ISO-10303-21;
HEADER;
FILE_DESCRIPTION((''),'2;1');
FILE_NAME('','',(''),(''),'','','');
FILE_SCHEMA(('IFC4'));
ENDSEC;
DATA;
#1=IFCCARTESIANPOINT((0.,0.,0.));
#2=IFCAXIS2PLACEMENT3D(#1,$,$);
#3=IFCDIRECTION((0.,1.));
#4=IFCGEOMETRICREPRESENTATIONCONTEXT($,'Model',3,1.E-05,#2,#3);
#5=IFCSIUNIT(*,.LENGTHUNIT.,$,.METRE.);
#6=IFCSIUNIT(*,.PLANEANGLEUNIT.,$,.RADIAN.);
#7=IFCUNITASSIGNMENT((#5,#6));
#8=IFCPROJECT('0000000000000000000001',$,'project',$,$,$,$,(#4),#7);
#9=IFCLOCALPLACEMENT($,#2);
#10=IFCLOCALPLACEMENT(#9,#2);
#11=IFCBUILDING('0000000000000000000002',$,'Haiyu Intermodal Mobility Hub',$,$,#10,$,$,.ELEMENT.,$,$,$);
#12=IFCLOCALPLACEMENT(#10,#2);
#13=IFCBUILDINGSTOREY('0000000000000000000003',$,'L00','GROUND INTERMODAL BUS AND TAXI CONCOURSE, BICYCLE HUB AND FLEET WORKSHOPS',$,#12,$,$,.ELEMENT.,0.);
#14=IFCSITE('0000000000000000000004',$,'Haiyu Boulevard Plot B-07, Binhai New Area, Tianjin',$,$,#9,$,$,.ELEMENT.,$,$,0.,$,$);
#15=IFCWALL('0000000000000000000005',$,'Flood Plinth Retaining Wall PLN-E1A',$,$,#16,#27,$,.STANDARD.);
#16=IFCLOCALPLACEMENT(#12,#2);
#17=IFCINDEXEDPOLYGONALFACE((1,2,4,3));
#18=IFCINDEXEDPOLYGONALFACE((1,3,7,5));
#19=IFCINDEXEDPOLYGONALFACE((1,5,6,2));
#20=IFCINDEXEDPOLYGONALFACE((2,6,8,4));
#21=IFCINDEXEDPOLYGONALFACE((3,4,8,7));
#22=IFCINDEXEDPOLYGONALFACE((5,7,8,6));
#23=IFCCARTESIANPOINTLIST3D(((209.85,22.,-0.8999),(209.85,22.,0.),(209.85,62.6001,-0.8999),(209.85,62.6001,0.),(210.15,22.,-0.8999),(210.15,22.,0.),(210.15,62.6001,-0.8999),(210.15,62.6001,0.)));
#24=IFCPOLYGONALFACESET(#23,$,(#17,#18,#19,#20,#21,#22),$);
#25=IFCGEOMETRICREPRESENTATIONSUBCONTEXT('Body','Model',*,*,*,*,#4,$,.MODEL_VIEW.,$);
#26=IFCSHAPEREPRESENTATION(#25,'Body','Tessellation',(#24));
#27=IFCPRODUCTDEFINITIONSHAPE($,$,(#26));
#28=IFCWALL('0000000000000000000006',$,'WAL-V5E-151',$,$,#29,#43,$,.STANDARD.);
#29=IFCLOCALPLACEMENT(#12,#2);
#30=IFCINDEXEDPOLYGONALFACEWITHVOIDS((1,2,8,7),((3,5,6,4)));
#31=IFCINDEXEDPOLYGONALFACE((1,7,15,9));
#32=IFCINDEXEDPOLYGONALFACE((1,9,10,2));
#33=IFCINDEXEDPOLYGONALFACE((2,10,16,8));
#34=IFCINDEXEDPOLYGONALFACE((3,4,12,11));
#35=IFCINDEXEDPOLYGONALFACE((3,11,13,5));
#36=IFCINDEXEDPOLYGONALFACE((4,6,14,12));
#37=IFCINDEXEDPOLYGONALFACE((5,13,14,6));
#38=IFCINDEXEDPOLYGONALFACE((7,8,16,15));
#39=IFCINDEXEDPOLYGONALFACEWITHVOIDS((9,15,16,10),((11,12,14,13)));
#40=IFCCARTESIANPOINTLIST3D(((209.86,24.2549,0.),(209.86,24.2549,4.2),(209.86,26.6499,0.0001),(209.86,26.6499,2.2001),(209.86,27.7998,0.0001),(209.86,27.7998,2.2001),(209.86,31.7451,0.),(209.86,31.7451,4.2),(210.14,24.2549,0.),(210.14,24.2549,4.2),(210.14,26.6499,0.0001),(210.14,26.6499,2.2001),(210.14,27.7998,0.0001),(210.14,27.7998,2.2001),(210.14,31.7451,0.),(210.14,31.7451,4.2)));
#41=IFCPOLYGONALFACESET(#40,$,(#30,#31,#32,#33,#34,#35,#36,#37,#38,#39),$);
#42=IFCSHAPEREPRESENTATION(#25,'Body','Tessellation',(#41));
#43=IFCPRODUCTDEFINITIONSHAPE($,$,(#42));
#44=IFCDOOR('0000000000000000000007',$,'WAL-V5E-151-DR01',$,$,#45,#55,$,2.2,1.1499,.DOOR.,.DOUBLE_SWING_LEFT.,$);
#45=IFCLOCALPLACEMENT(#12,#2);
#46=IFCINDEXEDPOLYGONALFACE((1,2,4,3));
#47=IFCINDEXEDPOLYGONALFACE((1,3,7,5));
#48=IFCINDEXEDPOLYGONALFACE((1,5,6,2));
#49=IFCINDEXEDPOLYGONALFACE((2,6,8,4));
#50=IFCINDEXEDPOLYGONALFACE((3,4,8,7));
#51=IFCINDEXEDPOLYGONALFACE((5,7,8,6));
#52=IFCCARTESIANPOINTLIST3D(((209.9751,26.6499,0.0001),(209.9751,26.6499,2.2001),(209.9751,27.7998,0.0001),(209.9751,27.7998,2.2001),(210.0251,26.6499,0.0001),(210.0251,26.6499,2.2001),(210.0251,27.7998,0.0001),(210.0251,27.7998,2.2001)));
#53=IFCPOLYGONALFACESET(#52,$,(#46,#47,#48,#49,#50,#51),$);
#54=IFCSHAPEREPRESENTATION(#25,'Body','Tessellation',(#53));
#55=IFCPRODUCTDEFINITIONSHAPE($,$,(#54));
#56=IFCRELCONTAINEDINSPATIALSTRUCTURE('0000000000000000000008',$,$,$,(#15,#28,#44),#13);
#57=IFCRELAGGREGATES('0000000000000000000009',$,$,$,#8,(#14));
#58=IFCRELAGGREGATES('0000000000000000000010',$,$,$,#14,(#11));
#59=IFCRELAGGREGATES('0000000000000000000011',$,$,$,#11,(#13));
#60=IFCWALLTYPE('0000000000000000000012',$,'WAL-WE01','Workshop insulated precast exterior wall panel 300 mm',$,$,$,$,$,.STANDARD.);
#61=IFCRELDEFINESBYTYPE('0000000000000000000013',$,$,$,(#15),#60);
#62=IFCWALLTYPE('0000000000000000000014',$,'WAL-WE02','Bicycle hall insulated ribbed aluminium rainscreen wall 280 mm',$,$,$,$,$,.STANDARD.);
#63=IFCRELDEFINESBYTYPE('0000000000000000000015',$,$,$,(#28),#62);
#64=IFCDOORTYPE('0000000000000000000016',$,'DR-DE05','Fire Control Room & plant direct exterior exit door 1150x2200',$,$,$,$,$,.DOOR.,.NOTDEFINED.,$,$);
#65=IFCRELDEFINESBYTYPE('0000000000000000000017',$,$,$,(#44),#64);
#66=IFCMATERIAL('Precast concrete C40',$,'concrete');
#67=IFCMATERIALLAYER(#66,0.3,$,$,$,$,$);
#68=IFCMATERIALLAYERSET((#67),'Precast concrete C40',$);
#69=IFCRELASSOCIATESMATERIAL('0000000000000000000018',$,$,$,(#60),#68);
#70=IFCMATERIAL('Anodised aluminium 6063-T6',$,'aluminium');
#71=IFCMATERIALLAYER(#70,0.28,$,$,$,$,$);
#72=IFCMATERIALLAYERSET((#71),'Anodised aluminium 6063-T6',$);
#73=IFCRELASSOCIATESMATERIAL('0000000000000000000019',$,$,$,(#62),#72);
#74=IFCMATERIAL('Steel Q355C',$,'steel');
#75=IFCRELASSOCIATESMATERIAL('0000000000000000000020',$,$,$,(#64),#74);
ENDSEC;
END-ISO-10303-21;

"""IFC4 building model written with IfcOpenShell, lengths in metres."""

from ifc_helpers import new_model, si_unit, direction, frame, frame_2d, origin, place, context, subcontext, project, spatial, rectangle, extrude, material, layer, layer_set, type_object, element, fill, save


model = new_model("IFC4")

# Units and contexts
model_context = context("Model", 3, precision=1e-05, world=origin(), true_north=direction((0.0, 1.0)))
body_context = subcontext(model_context, "Body", "Model", "MODEL_VIEW")
ifc_project = project(units=[si_unit("LENGTHUNIT", "METRE"), si_unit("PLANEANGLEUNIT", "RADIAN")], contexts=[model_context])

# Site, building, storey
site_placement = place(None, origin())
site = spatial("IfcSite", under=ifc_project, at=site_placement, Name="Haiyu Boulevard Plot B-07, Binhai New Area, Tianjin", CompositionType="ELEMENT", RefElevation=0.0)
building_placement = place(site_placement, origin())
building = spatial("IfcBuilding", under=site, at=building_placement, Name="Haiyu Intermodal Mobility Hub", CompositionType="ELEMENT")
storey_placement = place(building_placement, origin())
storey = spatial("IfcBuildingStorey", under=building, at=storey_placement, Name="L00", Description="GROUND INTERMODAL BUS AND TAXI CONCOURSE, BICYCLE HUB AND FLEET WORKSHOPS", CompositionType="ELEMENT", Elevation=0.0)

# Shared definitions
ifc_material_1 = material(Name="Anodised aluminium 6063-T6", Category="aluminium")

# Wall
ifc_material_2 = material(Name="Precast concrete C40", Category="concrete")
ifc_layer_1 = layer(ifc_material_2, 0.3)
ifc_layer_set_1 = layer_set([ifc_layer_1], Name="Precast concrete C40")
wall_type_1 = type_object("IfcWallType", Name="WAL-WE01", Description="Workshop insulated precast exterior wall panel 300 mm", PredefinedType="STANDARD", material=ifc_layer_set_1)
wall_1_placement = place(storey_placement, frame((210.0, 22.0, -0.8999), z_axis=(0.0, 0.0, 1.0), x_axis=(0.0, 1.0, 0.0)))
element("IfcWall", 1, at=wall_1_placement, inside=storey, type_object=wall_type_1, Name="Flood Plinth Retaining Wall PLN-E1A", PredefinedType="STANDARD", context=body_context, shape_type="SweptSolid", body=[
    extrude(rectangle(XDim=40.6001, YDim=0.3, at=frame_2d((20.3, 0.0))), origin(), (0.0, 0.0, 1.0), 0.8999),
])

# Wall, opening, door
ifc_layer_2 = layer(ifc_material_1, 0.28)
ifc_layer_set_2 = layer_set([ifc_layer_2], Name="Anodised aluminium 6063-T6")
wall_type_2 = type_object("IfcWallType", Name="WAL-WE02", Description="Bicycle hall insulated ribbed aluminium rainscreen wall 280 mm", PredefinedType="STANDARD", material=ifc_layer_set_2)
wall_2_placement = place(storey_placement, frame((210.0, 24.2549, 0.0), z_axis=(0.0, 0.0, 1.0), x_axis=(0.0, 1.0, 0.0)))
wall_2 = element("IfcWall", 2, at=wall_2_placement, inside=storey, type_object=wall_type_2, Name="WAL-V5E-151", PredefinedType="STANDARD", context=body_context, shape_type="SweptSolid", body=[
    extrude(rectangle(XDim=7.4902, YDim=0.28, at=frame_2d((3.7451, 0.0))), origin(), (0.0, 0.0, 1.0), 4.2),
])
opening_placement = place(wall_2_placement, frame((2.395, 0.0, 0.0)))
opening = element("IfcOpeningElement", 3, at=opening_placement, cuts=wall_2, PredefinedType="OPENING", context=body_context, shape_type="SweptSolid", body=[
    extrude(rectangle(XDim=1.1499, YDim=2.2, at=frame_2d((0.575, 1.1001))), frame((0.0, 0.1499, 0.0), z_axis=(0.0, -1.0, 0.0), x_axis=(1.0, 0.0, 0.0)), (0.0, 0.0, 1.0), 0.3),
])
ifc_material_3 = material(Name="Steel Q355C", Category="steel")
door_type = type_object("IfcDoorType", Name="DR-DE05", Description="Fire Control Room & plant direct exterior exit door 1150x2200", OperationType="NOTDEFINED", PredefinedType="DOOR", material=ifc_material_3)
door_placement = place(opening_placement, origin())
door = element("IfcDoor", 4, at=door_placement, inside=storey, type_object=door_type, Name="WAL-V5E-151-DR01", OperationType="DOUBLE_SWING_LEFT", OverallHeight=2.2, OverallWidth=1.1499, PredefinedType="DOOR", context=body_context, shape_type="SweptSolid", body=[
    extrude(rectangle(XDim=1.1499, YDim=2.2, at=frame_2d((0.575, 1.1001))), frame((0.0, 0.0249, 0.0), z_axis=(0.0, -1.0, 0.0), x_axis=(1.0, 0.0, 0.0)), (0.0, 0.0, 1.0), 0.05),
])
fill(opening, door)

save(model, "model.ifc")
